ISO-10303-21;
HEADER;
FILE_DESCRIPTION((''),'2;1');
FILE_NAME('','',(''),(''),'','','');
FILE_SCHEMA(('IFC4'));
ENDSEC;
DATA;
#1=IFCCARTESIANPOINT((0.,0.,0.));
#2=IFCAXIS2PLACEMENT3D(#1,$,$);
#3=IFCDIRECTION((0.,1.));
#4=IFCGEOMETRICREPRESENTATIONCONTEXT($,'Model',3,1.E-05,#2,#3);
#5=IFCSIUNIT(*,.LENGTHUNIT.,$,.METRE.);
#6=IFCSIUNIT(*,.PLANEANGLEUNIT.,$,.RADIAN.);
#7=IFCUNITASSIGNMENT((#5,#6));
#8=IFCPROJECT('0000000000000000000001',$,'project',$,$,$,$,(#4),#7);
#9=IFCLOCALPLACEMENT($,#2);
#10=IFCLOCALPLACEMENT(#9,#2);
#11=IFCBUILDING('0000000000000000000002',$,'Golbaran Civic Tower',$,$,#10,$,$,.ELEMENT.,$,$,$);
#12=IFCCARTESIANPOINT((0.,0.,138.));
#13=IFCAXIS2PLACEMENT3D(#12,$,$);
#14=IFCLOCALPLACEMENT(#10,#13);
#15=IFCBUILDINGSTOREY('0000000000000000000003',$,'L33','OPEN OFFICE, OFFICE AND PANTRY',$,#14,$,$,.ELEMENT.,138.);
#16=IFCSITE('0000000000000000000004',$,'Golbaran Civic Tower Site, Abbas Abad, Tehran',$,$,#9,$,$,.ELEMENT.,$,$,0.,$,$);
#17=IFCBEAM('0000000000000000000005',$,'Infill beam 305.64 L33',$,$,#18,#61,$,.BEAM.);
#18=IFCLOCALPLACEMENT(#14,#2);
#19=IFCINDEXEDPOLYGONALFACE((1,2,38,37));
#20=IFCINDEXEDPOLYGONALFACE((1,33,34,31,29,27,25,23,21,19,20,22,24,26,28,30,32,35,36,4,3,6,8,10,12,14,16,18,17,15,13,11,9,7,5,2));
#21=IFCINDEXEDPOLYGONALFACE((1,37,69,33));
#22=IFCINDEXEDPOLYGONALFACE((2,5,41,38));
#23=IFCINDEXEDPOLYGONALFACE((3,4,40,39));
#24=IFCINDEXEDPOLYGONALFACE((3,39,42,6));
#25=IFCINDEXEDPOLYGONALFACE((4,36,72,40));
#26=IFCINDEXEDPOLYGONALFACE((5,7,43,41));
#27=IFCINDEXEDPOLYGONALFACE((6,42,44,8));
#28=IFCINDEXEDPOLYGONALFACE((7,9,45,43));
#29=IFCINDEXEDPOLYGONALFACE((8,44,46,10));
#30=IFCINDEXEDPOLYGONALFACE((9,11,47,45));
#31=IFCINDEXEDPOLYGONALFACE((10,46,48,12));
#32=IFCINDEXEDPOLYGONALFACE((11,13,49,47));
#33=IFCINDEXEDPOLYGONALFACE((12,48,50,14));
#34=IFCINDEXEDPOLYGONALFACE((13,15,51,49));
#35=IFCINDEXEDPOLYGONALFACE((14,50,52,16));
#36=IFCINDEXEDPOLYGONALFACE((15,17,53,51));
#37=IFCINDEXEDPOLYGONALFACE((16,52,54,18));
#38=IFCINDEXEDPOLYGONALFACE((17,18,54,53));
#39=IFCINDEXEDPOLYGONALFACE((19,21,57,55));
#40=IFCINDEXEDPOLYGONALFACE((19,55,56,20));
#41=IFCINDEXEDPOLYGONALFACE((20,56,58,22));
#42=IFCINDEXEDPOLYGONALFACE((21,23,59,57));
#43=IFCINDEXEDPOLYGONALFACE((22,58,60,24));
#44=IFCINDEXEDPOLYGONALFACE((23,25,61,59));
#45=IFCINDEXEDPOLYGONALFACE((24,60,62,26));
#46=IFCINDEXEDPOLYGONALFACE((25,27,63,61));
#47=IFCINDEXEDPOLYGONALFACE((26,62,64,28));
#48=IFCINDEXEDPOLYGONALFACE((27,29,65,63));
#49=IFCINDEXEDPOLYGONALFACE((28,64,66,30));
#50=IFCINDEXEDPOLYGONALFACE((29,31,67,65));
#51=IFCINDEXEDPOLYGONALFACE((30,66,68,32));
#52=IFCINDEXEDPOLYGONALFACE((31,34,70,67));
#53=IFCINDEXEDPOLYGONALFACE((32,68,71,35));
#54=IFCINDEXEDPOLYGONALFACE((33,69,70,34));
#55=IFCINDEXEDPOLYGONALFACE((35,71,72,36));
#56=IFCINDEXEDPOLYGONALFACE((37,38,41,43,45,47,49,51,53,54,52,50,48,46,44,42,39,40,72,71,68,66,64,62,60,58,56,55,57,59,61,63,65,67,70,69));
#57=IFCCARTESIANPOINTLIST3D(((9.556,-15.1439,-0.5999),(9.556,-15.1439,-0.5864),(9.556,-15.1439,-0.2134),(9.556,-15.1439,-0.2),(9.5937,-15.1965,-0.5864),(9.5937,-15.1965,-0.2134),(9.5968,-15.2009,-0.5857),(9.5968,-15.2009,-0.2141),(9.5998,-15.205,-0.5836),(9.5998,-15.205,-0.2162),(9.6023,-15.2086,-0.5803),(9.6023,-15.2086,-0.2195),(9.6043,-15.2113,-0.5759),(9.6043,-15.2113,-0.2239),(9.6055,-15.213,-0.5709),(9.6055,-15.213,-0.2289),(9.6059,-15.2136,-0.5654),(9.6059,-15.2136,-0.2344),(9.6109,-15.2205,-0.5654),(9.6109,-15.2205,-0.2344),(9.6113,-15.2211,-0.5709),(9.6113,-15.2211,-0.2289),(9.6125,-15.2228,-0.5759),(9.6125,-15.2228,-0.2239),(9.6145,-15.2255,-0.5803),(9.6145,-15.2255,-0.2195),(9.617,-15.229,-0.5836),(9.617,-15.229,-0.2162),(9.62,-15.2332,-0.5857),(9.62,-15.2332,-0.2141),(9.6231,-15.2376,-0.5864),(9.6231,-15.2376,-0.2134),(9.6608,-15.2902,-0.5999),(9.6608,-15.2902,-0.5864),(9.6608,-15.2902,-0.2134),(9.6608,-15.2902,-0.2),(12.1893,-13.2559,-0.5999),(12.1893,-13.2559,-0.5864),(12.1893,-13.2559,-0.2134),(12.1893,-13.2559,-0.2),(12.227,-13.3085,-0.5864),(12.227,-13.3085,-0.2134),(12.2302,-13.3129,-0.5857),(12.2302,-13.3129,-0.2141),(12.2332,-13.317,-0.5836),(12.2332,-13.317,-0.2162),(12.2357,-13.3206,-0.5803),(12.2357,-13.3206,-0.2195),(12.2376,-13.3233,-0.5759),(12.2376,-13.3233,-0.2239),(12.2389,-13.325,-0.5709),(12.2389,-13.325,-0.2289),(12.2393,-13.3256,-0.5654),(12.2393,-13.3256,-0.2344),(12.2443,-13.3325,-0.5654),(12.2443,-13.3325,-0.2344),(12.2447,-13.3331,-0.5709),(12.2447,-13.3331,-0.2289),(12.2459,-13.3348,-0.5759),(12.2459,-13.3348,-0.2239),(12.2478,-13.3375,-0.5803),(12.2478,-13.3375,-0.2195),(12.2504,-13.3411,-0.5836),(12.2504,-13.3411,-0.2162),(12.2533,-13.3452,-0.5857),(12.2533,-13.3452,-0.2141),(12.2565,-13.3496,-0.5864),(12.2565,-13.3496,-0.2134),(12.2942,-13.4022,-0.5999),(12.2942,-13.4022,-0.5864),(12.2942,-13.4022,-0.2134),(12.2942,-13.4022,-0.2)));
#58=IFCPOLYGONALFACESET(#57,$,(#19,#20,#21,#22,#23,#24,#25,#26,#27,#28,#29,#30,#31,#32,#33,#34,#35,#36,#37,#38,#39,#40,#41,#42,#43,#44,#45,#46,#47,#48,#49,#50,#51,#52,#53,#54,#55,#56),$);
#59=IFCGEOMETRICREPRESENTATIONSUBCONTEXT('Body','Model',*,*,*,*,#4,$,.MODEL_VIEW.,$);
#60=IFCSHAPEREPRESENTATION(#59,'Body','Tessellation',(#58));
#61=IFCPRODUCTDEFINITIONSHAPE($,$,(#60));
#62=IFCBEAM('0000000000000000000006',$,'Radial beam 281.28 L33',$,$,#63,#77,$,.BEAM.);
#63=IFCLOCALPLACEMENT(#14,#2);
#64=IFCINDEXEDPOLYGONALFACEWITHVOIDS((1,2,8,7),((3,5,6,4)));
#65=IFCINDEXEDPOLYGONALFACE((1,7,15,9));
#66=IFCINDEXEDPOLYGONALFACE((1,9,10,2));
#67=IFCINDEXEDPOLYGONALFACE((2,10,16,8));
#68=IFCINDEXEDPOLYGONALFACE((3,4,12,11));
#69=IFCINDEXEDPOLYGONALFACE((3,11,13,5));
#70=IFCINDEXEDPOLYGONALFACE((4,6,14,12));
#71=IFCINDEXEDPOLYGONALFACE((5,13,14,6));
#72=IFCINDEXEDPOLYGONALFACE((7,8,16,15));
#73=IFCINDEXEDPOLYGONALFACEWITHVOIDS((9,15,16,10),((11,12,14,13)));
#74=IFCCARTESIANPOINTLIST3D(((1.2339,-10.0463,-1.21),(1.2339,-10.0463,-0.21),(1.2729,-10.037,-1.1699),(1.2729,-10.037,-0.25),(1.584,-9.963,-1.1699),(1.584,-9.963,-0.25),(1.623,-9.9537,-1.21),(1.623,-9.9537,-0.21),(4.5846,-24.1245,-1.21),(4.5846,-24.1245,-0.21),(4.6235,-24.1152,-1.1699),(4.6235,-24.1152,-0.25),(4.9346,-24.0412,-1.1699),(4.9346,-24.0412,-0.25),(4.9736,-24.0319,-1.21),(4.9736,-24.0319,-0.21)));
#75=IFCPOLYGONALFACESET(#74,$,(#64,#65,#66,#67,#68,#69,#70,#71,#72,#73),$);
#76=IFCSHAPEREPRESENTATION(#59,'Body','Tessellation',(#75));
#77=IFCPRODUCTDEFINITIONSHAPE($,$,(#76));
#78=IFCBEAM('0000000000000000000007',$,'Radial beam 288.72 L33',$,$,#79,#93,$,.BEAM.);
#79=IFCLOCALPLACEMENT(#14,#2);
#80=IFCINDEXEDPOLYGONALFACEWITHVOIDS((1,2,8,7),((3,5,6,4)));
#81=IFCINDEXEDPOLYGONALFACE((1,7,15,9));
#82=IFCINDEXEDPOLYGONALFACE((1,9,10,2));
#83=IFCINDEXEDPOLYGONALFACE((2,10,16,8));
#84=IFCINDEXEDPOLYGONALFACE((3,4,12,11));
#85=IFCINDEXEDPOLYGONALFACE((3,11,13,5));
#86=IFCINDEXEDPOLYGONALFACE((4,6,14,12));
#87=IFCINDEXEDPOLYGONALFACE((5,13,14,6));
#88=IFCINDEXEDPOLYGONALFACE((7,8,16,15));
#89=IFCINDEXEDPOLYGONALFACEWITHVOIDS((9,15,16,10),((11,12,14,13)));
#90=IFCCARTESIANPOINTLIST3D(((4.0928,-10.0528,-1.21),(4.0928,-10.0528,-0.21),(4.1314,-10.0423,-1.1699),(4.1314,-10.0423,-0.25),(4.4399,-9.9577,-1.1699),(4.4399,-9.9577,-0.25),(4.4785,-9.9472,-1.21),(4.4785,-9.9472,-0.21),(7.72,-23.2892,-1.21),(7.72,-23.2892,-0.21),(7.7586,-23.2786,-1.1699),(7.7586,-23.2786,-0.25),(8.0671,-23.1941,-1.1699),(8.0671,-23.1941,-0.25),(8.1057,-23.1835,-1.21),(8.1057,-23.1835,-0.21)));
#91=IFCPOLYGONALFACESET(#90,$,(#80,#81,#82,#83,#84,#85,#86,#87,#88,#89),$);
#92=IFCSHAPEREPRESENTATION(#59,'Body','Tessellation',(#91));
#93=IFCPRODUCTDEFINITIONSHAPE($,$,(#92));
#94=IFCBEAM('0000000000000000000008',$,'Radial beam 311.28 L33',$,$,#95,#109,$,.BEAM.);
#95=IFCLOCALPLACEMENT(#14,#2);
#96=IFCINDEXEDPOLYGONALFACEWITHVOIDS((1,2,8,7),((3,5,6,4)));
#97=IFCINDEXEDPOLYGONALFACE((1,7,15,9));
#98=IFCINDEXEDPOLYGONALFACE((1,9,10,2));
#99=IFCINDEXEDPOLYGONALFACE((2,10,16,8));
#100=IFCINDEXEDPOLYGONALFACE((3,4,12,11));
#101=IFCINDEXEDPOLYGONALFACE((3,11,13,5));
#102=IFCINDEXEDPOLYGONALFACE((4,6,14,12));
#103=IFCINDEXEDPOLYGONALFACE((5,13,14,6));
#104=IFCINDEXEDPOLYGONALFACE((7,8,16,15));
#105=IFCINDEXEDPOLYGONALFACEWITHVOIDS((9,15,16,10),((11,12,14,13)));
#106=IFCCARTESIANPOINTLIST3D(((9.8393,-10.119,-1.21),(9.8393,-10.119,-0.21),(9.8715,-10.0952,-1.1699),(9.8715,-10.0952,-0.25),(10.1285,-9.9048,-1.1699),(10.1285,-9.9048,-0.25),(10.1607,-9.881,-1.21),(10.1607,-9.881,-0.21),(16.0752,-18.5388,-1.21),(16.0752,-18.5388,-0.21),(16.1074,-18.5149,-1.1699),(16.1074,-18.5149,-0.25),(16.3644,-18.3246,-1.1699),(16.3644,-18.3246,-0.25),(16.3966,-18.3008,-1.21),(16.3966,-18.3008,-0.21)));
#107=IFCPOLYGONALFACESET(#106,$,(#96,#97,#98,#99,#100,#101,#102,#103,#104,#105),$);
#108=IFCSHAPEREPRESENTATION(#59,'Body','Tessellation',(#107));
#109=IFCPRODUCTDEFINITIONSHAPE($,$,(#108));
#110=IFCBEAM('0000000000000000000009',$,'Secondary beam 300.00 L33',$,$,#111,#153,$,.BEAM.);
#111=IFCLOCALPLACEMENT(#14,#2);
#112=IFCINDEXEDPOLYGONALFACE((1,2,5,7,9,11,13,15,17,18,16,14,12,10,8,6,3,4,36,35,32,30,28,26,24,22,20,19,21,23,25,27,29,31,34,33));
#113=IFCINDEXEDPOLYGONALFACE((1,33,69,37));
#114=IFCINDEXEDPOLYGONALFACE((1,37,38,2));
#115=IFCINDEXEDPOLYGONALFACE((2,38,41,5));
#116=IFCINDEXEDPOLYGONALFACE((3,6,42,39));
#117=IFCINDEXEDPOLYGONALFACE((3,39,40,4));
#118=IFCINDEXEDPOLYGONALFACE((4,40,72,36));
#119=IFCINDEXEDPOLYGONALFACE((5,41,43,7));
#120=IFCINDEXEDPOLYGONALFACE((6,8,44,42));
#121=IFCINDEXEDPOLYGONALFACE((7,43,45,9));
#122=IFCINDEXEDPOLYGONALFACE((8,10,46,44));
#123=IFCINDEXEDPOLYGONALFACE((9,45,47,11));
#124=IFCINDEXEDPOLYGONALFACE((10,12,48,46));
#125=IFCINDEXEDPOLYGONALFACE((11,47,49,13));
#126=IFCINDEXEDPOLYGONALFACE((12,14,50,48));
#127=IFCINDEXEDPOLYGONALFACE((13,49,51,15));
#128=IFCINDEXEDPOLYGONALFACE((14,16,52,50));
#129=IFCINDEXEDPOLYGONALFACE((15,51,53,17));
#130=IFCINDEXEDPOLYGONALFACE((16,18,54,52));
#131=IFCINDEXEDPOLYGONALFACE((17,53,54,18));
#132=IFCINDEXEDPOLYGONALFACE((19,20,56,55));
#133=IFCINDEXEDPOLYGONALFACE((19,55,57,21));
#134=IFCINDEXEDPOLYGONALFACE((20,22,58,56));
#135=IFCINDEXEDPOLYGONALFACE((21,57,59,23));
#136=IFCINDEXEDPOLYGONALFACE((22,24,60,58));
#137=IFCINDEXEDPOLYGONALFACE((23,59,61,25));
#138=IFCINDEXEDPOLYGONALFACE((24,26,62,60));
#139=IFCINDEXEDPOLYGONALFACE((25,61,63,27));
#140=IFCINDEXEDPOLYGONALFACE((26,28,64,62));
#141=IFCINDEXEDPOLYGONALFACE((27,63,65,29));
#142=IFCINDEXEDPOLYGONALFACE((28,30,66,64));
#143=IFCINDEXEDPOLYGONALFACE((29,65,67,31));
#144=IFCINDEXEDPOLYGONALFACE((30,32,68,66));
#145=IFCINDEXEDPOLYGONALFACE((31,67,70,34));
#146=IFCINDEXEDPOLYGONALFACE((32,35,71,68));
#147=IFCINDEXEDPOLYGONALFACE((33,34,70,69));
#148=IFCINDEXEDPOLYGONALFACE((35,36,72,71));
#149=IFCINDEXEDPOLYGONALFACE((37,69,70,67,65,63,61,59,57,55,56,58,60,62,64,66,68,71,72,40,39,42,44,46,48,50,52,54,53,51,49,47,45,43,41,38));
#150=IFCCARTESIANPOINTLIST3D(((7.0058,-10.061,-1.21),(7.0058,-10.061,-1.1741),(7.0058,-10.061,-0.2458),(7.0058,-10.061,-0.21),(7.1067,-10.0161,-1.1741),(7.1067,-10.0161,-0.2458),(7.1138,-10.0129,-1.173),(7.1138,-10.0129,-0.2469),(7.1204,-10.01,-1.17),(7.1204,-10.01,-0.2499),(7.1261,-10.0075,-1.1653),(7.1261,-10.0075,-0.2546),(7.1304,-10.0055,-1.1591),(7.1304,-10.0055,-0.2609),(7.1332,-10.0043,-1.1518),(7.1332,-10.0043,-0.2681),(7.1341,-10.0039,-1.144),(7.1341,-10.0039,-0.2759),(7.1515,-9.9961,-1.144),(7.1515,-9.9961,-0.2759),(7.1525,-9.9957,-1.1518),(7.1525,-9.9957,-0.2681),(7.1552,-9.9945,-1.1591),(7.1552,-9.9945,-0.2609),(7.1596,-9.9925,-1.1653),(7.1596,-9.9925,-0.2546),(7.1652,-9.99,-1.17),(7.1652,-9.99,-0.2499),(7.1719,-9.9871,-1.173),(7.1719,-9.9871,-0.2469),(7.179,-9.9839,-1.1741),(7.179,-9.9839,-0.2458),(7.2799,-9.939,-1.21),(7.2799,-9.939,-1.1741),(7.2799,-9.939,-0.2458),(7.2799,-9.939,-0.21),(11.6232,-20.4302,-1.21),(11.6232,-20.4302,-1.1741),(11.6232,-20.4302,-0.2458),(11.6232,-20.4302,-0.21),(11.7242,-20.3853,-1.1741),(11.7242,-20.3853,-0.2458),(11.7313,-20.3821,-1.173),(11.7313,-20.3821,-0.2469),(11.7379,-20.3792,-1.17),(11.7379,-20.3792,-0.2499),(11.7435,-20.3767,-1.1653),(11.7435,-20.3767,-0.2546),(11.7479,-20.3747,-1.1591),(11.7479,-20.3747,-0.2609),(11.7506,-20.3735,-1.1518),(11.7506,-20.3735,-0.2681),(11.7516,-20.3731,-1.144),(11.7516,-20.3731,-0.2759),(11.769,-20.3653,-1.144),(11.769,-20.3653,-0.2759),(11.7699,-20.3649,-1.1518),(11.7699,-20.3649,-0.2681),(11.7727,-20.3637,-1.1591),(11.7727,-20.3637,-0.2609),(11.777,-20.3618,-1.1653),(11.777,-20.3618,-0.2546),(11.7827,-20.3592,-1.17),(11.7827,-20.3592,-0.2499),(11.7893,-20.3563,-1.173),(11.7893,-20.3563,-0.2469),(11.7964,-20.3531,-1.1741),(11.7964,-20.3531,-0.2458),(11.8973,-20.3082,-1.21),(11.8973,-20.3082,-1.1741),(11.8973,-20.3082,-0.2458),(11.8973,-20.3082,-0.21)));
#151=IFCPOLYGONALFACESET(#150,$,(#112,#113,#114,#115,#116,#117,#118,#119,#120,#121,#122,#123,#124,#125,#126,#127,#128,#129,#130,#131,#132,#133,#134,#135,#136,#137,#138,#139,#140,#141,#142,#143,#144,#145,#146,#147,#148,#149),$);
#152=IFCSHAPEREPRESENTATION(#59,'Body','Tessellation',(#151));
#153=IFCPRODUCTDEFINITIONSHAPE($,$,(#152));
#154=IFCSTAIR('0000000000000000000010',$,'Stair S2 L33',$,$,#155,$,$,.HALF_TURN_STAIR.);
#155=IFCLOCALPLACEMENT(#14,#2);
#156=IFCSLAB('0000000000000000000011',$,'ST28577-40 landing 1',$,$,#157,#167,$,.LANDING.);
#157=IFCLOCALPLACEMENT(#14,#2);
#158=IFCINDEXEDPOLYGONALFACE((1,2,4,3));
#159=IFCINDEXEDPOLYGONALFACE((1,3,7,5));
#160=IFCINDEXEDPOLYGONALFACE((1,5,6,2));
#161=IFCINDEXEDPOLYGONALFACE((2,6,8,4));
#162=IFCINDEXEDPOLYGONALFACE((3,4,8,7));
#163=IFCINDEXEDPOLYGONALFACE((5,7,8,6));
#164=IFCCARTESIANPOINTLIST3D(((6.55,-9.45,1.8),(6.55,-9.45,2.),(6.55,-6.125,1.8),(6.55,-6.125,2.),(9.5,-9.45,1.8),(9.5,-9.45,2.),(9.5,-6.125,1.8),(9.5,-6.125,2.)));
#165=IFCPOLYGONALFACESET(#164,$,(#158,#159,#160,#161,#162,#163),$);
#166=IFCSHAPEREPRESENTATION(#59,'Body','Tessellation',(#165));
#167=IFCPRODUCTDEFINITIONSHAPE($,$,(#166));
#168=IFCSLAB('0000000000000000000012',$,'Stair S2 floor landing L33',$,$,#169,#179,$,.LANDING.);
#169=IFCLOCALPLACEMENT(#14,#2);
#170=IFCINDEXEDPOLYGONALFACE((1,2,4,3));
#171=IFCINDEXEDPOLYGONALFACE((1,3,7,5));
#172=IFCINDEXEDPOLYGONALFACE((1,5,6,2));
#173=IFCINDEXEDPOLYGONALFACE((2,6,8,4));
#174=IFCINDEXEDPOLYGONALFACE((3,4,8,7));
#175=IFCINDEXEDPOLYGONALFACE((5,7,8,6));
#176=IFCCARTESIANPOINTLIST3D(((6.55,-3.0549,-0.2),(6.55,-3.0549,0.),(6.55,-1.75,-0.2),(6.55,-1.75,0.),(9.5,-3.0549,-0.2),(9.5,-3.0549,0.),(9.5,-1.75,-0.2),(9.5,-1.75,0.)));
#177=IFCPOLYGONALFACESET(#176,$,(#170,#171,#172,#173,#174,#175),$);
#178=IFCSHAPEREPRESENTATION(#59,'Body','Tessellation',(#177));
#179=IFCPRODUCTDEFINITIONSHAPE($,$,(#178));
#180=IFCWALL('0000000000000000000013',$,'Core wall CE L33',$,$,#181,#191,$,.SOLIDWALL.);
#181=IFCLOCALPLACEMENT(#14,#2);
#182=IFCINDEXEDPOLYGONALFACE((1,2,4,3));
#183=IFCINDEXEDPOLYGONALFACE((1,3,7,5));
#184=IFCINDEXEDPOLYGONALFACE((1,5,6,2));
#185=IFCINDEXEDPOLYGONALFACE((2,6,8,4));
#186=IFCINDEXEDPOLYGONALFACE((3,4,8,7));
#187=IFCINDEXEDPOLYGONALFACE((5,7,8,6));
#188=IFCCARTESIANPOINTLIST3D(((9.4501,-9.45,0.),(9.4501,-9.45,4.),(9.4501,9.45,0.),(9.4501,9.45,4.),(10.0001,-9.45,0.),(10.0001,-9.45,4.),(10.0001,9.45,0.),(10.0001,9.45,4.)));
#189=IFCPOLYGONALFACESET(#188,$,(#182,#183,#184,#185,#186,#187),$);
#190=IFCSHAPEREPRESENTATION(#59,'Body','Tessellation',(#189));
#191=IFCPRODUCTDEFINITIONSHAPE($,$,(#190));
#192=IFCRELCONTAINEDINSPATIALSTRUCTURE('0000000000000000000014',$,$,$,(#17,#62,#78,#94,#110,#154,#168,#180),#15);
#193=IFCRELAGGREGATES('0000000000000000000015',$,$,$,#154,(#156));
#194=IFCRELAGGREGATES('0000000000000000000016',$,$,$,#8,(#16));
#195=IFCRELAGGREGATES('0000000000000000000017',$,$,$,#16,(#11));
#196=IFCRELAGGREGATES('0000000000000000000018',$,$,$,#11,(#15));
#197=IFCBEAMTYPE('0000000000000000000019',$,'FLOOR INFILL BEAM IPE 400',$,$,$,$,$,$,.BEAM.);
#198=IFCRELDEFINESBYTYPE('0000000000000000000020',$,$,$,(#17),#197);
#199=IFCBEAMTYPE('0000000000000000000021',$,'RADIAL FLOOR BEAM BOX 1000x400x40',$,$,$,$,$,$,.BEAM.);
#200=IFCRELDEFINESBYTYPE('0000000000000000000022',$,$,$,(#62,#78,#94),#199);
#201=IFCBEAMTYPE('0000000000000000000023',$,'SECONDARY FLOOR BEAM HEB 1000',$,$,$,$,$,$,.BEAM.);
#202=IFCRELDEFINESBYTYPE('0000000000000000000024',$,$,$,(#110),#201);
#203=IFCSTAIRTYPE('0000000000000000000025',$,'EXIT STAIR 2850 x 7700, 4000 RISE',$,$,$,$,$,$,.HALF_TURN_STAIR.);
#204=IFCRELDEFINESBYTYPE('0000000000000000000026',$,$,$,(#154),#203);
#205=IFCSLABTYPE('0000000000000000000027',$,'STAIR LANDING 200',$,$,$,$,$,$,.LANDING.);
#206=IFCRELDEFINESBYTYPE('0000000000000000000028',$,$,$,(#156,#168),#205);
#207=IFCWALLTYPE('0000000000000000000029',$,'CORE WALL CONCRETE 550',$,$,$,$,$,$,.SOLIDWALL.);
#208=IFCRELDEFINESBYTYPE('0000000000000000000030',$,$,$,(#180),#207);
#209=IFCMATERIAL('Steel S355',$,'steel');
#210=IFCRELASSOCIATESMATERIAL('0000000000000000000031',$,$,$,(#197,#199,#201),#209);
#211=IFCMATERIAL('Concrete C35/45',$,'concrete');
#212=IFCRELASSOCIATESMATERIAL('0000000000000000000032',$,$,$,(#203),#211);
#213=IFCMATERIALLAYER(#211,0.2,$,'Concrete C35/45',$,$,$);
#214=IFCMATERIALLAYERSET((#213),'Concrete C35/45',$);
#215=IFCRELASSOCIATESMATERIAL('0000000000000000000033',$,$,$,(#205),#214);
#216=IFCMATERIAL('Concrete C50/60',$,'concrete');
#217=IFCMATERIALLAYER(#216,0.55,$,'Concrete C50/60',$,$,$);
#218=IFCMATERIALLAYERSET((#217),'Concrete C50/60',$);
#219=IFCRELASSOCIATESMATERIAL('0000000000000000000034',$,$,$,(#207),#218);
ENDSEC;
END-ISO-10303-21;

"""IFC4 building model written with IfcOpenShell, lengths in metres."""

from ifc_helpers import new_model, si_unit, direction, frame, frame_2d, origin, origin_2d, place, context, subcontext, project, spatial, polyline, rectangle, hollow_rectangle, i_section, outline, extrude, material, layer, layer_set, material_profile, profile_set, type_object, element, aggregate, save


model = new_model("IFC4")

# Units and contexts
model_context = context("Model", 3, precision=1e-05, world=origin(), true_north=direction((0.0, 1.0)))
body_context = subcontext(model_context, "Body", "Model", "MODEL_VIEW")
ifc_project = project(units=[si_unit("LENGTHUNIT", "METRE"), si_unit("PLANEANGLEUNIT", "RADIAN")], contexts=[model_context])

# Site, building, storey
site_placement = place(None, origin())
site = spatial("IfcSite", under=ifc_project, at=site_placement, Name="Golbaran Civic Tower Site, Abbas Abad, Tehran", CompositionType="ELEMENT", RefElevation=0.0)
building_placement = place(site_placement, origin())
building = spatial("IfcBuilding", under=site, at=building_placement, Name="Golbaran Civic Tower", CompositionType="ELEMENT")
storey_placement = place(building_placement, frame((0.0, 0.0, 138.0)))
storey = spatial("IfcBuildingStorey", under=building, at=storey_placement, Name="L33", Description="OPEN OFFICE, OFFICE AND PANTRY", CompositionType="ELEMENT", Elevation=138.0)

# Beams
ifc_material_1 = material(Name="Steel S355", Category="steel")
ifc_material_profile_1 = material_profile(ifc_material_1, i_section(OverallWidth=0.1799, OverallDepth=0.3999, WebThickness=0.0085, FlangeThickness=0.0134, FilletRadius=0.021, at=origin_2d()), Name="IPE 400")
ifc_profile_set_1 = profile_set([ifc_material_profile_1], Name="Steel S355")
beam_type_1 = type_object("IfcBeamType", Name="FLOOR INFILL BEAM IPE 400", PredefinedType="BEAM", material=ifc_profile_set_1)
beam_1_placement = place(storey_placement, frame((9.6084, -15.217, -0.3999), z_axis=(0.812709, 0.58267, 0.0), x_axis=(-0.58267, 0.812709, 0.0)))
element("IfcBeam", 1, at=beam_1_placement, inside=storey, type_object=beam_type_1, Name="Infill beam 305.64 L33", PredefinedType="BEAM", context=body_context, shape_type="SweptSolid", body=[
    extrude(i_section(OverallWidth=0.1799, OverallDepth=0.3999, WebThickness=0.0085, FlangeThickness=0.0134, FilletRadius=0.021, at=origin_2d()), origin(), (0.0, 0.0, 1.0), 3.2402),
])
ifc_material_profile_2 = material_profile(ifc_material_1, hollow_rectangle(XDim=0.3999, YDim=1.0, WallThickness=0.04, at=origin_2d()), Name="BOX 1000x400x40")
ifc_profile_set_2 = profile_set([ifc_material_profile_2], Name="Steel S355")
beam_type_2 = type_object("IfcBeamType", Name="RADIAL FLOOR BEAM BOX 1000x400x40", PredefinedType="BEAM", material=ifc_profile_set_2)
beam_2_placement = place(storey_placement, frame((1.4285, -10.0, -0.71), z_axis=(0.231532, -0.972827, 0.0), x_axis=(0.972827, 0.231532, 0.0)))
element("IfcBeam", 2, at=beam_2_placement, inside=storey, type_object=beam_type_2, Name="Radial beam 281.28 L33", PredefinedType="BEAM", context=body_context, shape_type="SweptSolid", body=[
    extrude(hollow_rectangle(XDim=0.3999, YDim=1.0, WallThickness=0.04, at=origin_2d()), origin(), (0.0, 0.0, 1.0), 14.4714),
])
beam_3_placement = place(storey_placement, frame((4.2856, -10.0, -0.71), z_axis=(0.26429, -0.964443, 0.0), x_axis=(0.964443, 0.26429, 0.0)))
element("IfcBeam", 3, at=beam_3_placement, inside=storey, type_object=beam_type_2, Name="Radial beam 288.72 L33", PredefinedType="BEAM", context=body_context, shape_type="SweptSolid", body=[
    extrude(hollow_rectangle(XDim=0.3999, YDim=1.0, WallThickness=0.04, at=origin_2d()), origin(), (0.0, 0.0, 1.0), 13.7244),
])
beam_4_placement = place(storey_placement, frame((10.0, -10.0, -0.71), z_axis=(0.595168, -0.803601, 0.0), x_axis=(0.803601, 0.595168, 0.0)))
element("IfcBeam", 4, at=beam_4_placement, inside=storey, type_object=beam_type_2, Name="Radial beam 311.28 L33", PredefinedType="BEAM", context=body_context, shape_type="SweptSolid", body=[
    extrude(hollow_rectangle(XDim=0.3999, YDim=1.0, WallThickness=0.04, at=origin_2d()), origin(), (0.0, 0.0, 1.0), 10.4775),
])
ifc_material_profile_3 = material_profile(ifc_material_1, i_section(OverallWidth=0.3, OverallDepth=1.0, WebThickness=0.019, FlangeThickness=0.0359, FilletRadius=0.03, at=origin_2d()), Name="HEB 1000")
ifc_profile_set_3 = profile_set([ifc_material_profile_3], Name="Steel S355")
beam_type_3 = type_object("IfcBeamType", Name="SECONDARY FLOOR BEAM HEB 1000", PredefinedType="BEAM", material=ifc_profile_set_3)
beam_5_placement = place(storey_placement, frame((7.1428, -10.0, -0.71), z_axis=(0.406795, -0.91352, 0.0), x_axis=(0.91352, 0.406795, 0.0)))
element("IfcBeam", 5, at=beam_5_placement, inside=storey, type_object=beam_type_3, Name="Secondary beam 300.00 L33", PredefinedType="BEAM", context=body_context, shape_type="SweptSolid", body=[
    extrude(i_section(OverallWidth=0.3, OverallDepth=1.0, WebThickness=0.019, FlangeThickness=0.0359, FilletRadius=0.03, at=origin_2d()), origin(), (0.0, 0.0, 1.0), 11.3508),
])

# Stair, slab
ifc_material_2 = material(Name="Concrete C35/45", Category="concrete")
stair_type = type_object("IfcStairType", Name="EXIT STAIR 2850 x 7700, 4000 RISE", PredefinedType="HALF_TURN_STAIR", material=ifc_material_2)
stair_placement = place(storey_placement, origin())
stair = element("IfcStair", 6, at=stair_placement, inside=storey, type_object=stair_type, Name="Stair S2 L33", PredefinedType="HALF_TURN_STAIR")
ifc_layer_1 = layer(ifc_material_2, 0.2, Name="Concrete C35/45")
ifc_layer_set_1 = layer_set([ifc_layer_1], Name="Concrete C35/45")
slab_type = type_object("IfcSlabType", Name="STAIR LANDING 200", PredefinedType="LANDING", material=ifc_layer_set_1)
slab_1_placement = place(storey_placement, frame((0.0, 0.0, 1.8)))
slab_1 = element("IfcSlab", 7, at=slab_1_placement, type_object=slab_type, Name="ST28577-40 landing 1", PredefinedType="LANDING", context=body_context, shape_type="SweptSolid", body=[
    extrude(outline(polyline([(9.5, -6.125), (9.5, -9.45), (6.55, -9.45), (6.55, -6.125), (9.5, -6.125)])), origin(), (0.0, 0.0, 1.0), 0.2),
])

# Slab
slab_2_placement = place(storey_placement, frame((0.0, 0.0, -0.2)))
element("IfcSlab", 8, at=slab_2_placement, inside=storey, type_object=slab_type, Name="Stair S2 floor landing L33", PredefinedType="LANDING", context=body_context, shape_type="SweptSolid", body=[
    extrude(outline(polyline([(9.5, -1.75), (9.5, -3.0549), (6.55, -3.0549), (6.55, -1.75), (9.5, -1.75)])), origin(), (0.0, 0.0, 1.0), 0.2),
])

# Wall
ifc_material_3 = material(Name="Concrete C50/60", Category="concrete")
ifc_layer_2 = layer(ifc_material_3, 0.55, Name="Concrete C50/60")
ifc_layer_set_2 = layer_set([ifc_layer_2], Name="Concrete C50/60")
wall_type_1 = type_object("IfcWallType", Name="CORE WALL CONCRETE 550", PredefinedType="SOLIDWALL", material=ifc_layer_set_2)
wall_1_placement = place(storey_placement, frame((9.7251, -9.45, 0.0), z_axis=(0.0, 0.0, 1.0), x_axis=(0.0, 1.0, 0.0)))
element("IfcWall", 9, at=wall_1_placement, inside=storey, type_object=wall_type_1, Name="Core wall CE L33", PredefinedType="SOLIDWALL", context=body_context, shape_type="SweptSolid", body=[
    extrude(rectangle(XDim=18.8999, YDim=0.55, at=frame_2d((9.45, 0.0))), origin(), (0.0, 0.0, 1.0), 4.0),
])

aggregate(stair, [slab_1])

save(model, "model.ifc")
